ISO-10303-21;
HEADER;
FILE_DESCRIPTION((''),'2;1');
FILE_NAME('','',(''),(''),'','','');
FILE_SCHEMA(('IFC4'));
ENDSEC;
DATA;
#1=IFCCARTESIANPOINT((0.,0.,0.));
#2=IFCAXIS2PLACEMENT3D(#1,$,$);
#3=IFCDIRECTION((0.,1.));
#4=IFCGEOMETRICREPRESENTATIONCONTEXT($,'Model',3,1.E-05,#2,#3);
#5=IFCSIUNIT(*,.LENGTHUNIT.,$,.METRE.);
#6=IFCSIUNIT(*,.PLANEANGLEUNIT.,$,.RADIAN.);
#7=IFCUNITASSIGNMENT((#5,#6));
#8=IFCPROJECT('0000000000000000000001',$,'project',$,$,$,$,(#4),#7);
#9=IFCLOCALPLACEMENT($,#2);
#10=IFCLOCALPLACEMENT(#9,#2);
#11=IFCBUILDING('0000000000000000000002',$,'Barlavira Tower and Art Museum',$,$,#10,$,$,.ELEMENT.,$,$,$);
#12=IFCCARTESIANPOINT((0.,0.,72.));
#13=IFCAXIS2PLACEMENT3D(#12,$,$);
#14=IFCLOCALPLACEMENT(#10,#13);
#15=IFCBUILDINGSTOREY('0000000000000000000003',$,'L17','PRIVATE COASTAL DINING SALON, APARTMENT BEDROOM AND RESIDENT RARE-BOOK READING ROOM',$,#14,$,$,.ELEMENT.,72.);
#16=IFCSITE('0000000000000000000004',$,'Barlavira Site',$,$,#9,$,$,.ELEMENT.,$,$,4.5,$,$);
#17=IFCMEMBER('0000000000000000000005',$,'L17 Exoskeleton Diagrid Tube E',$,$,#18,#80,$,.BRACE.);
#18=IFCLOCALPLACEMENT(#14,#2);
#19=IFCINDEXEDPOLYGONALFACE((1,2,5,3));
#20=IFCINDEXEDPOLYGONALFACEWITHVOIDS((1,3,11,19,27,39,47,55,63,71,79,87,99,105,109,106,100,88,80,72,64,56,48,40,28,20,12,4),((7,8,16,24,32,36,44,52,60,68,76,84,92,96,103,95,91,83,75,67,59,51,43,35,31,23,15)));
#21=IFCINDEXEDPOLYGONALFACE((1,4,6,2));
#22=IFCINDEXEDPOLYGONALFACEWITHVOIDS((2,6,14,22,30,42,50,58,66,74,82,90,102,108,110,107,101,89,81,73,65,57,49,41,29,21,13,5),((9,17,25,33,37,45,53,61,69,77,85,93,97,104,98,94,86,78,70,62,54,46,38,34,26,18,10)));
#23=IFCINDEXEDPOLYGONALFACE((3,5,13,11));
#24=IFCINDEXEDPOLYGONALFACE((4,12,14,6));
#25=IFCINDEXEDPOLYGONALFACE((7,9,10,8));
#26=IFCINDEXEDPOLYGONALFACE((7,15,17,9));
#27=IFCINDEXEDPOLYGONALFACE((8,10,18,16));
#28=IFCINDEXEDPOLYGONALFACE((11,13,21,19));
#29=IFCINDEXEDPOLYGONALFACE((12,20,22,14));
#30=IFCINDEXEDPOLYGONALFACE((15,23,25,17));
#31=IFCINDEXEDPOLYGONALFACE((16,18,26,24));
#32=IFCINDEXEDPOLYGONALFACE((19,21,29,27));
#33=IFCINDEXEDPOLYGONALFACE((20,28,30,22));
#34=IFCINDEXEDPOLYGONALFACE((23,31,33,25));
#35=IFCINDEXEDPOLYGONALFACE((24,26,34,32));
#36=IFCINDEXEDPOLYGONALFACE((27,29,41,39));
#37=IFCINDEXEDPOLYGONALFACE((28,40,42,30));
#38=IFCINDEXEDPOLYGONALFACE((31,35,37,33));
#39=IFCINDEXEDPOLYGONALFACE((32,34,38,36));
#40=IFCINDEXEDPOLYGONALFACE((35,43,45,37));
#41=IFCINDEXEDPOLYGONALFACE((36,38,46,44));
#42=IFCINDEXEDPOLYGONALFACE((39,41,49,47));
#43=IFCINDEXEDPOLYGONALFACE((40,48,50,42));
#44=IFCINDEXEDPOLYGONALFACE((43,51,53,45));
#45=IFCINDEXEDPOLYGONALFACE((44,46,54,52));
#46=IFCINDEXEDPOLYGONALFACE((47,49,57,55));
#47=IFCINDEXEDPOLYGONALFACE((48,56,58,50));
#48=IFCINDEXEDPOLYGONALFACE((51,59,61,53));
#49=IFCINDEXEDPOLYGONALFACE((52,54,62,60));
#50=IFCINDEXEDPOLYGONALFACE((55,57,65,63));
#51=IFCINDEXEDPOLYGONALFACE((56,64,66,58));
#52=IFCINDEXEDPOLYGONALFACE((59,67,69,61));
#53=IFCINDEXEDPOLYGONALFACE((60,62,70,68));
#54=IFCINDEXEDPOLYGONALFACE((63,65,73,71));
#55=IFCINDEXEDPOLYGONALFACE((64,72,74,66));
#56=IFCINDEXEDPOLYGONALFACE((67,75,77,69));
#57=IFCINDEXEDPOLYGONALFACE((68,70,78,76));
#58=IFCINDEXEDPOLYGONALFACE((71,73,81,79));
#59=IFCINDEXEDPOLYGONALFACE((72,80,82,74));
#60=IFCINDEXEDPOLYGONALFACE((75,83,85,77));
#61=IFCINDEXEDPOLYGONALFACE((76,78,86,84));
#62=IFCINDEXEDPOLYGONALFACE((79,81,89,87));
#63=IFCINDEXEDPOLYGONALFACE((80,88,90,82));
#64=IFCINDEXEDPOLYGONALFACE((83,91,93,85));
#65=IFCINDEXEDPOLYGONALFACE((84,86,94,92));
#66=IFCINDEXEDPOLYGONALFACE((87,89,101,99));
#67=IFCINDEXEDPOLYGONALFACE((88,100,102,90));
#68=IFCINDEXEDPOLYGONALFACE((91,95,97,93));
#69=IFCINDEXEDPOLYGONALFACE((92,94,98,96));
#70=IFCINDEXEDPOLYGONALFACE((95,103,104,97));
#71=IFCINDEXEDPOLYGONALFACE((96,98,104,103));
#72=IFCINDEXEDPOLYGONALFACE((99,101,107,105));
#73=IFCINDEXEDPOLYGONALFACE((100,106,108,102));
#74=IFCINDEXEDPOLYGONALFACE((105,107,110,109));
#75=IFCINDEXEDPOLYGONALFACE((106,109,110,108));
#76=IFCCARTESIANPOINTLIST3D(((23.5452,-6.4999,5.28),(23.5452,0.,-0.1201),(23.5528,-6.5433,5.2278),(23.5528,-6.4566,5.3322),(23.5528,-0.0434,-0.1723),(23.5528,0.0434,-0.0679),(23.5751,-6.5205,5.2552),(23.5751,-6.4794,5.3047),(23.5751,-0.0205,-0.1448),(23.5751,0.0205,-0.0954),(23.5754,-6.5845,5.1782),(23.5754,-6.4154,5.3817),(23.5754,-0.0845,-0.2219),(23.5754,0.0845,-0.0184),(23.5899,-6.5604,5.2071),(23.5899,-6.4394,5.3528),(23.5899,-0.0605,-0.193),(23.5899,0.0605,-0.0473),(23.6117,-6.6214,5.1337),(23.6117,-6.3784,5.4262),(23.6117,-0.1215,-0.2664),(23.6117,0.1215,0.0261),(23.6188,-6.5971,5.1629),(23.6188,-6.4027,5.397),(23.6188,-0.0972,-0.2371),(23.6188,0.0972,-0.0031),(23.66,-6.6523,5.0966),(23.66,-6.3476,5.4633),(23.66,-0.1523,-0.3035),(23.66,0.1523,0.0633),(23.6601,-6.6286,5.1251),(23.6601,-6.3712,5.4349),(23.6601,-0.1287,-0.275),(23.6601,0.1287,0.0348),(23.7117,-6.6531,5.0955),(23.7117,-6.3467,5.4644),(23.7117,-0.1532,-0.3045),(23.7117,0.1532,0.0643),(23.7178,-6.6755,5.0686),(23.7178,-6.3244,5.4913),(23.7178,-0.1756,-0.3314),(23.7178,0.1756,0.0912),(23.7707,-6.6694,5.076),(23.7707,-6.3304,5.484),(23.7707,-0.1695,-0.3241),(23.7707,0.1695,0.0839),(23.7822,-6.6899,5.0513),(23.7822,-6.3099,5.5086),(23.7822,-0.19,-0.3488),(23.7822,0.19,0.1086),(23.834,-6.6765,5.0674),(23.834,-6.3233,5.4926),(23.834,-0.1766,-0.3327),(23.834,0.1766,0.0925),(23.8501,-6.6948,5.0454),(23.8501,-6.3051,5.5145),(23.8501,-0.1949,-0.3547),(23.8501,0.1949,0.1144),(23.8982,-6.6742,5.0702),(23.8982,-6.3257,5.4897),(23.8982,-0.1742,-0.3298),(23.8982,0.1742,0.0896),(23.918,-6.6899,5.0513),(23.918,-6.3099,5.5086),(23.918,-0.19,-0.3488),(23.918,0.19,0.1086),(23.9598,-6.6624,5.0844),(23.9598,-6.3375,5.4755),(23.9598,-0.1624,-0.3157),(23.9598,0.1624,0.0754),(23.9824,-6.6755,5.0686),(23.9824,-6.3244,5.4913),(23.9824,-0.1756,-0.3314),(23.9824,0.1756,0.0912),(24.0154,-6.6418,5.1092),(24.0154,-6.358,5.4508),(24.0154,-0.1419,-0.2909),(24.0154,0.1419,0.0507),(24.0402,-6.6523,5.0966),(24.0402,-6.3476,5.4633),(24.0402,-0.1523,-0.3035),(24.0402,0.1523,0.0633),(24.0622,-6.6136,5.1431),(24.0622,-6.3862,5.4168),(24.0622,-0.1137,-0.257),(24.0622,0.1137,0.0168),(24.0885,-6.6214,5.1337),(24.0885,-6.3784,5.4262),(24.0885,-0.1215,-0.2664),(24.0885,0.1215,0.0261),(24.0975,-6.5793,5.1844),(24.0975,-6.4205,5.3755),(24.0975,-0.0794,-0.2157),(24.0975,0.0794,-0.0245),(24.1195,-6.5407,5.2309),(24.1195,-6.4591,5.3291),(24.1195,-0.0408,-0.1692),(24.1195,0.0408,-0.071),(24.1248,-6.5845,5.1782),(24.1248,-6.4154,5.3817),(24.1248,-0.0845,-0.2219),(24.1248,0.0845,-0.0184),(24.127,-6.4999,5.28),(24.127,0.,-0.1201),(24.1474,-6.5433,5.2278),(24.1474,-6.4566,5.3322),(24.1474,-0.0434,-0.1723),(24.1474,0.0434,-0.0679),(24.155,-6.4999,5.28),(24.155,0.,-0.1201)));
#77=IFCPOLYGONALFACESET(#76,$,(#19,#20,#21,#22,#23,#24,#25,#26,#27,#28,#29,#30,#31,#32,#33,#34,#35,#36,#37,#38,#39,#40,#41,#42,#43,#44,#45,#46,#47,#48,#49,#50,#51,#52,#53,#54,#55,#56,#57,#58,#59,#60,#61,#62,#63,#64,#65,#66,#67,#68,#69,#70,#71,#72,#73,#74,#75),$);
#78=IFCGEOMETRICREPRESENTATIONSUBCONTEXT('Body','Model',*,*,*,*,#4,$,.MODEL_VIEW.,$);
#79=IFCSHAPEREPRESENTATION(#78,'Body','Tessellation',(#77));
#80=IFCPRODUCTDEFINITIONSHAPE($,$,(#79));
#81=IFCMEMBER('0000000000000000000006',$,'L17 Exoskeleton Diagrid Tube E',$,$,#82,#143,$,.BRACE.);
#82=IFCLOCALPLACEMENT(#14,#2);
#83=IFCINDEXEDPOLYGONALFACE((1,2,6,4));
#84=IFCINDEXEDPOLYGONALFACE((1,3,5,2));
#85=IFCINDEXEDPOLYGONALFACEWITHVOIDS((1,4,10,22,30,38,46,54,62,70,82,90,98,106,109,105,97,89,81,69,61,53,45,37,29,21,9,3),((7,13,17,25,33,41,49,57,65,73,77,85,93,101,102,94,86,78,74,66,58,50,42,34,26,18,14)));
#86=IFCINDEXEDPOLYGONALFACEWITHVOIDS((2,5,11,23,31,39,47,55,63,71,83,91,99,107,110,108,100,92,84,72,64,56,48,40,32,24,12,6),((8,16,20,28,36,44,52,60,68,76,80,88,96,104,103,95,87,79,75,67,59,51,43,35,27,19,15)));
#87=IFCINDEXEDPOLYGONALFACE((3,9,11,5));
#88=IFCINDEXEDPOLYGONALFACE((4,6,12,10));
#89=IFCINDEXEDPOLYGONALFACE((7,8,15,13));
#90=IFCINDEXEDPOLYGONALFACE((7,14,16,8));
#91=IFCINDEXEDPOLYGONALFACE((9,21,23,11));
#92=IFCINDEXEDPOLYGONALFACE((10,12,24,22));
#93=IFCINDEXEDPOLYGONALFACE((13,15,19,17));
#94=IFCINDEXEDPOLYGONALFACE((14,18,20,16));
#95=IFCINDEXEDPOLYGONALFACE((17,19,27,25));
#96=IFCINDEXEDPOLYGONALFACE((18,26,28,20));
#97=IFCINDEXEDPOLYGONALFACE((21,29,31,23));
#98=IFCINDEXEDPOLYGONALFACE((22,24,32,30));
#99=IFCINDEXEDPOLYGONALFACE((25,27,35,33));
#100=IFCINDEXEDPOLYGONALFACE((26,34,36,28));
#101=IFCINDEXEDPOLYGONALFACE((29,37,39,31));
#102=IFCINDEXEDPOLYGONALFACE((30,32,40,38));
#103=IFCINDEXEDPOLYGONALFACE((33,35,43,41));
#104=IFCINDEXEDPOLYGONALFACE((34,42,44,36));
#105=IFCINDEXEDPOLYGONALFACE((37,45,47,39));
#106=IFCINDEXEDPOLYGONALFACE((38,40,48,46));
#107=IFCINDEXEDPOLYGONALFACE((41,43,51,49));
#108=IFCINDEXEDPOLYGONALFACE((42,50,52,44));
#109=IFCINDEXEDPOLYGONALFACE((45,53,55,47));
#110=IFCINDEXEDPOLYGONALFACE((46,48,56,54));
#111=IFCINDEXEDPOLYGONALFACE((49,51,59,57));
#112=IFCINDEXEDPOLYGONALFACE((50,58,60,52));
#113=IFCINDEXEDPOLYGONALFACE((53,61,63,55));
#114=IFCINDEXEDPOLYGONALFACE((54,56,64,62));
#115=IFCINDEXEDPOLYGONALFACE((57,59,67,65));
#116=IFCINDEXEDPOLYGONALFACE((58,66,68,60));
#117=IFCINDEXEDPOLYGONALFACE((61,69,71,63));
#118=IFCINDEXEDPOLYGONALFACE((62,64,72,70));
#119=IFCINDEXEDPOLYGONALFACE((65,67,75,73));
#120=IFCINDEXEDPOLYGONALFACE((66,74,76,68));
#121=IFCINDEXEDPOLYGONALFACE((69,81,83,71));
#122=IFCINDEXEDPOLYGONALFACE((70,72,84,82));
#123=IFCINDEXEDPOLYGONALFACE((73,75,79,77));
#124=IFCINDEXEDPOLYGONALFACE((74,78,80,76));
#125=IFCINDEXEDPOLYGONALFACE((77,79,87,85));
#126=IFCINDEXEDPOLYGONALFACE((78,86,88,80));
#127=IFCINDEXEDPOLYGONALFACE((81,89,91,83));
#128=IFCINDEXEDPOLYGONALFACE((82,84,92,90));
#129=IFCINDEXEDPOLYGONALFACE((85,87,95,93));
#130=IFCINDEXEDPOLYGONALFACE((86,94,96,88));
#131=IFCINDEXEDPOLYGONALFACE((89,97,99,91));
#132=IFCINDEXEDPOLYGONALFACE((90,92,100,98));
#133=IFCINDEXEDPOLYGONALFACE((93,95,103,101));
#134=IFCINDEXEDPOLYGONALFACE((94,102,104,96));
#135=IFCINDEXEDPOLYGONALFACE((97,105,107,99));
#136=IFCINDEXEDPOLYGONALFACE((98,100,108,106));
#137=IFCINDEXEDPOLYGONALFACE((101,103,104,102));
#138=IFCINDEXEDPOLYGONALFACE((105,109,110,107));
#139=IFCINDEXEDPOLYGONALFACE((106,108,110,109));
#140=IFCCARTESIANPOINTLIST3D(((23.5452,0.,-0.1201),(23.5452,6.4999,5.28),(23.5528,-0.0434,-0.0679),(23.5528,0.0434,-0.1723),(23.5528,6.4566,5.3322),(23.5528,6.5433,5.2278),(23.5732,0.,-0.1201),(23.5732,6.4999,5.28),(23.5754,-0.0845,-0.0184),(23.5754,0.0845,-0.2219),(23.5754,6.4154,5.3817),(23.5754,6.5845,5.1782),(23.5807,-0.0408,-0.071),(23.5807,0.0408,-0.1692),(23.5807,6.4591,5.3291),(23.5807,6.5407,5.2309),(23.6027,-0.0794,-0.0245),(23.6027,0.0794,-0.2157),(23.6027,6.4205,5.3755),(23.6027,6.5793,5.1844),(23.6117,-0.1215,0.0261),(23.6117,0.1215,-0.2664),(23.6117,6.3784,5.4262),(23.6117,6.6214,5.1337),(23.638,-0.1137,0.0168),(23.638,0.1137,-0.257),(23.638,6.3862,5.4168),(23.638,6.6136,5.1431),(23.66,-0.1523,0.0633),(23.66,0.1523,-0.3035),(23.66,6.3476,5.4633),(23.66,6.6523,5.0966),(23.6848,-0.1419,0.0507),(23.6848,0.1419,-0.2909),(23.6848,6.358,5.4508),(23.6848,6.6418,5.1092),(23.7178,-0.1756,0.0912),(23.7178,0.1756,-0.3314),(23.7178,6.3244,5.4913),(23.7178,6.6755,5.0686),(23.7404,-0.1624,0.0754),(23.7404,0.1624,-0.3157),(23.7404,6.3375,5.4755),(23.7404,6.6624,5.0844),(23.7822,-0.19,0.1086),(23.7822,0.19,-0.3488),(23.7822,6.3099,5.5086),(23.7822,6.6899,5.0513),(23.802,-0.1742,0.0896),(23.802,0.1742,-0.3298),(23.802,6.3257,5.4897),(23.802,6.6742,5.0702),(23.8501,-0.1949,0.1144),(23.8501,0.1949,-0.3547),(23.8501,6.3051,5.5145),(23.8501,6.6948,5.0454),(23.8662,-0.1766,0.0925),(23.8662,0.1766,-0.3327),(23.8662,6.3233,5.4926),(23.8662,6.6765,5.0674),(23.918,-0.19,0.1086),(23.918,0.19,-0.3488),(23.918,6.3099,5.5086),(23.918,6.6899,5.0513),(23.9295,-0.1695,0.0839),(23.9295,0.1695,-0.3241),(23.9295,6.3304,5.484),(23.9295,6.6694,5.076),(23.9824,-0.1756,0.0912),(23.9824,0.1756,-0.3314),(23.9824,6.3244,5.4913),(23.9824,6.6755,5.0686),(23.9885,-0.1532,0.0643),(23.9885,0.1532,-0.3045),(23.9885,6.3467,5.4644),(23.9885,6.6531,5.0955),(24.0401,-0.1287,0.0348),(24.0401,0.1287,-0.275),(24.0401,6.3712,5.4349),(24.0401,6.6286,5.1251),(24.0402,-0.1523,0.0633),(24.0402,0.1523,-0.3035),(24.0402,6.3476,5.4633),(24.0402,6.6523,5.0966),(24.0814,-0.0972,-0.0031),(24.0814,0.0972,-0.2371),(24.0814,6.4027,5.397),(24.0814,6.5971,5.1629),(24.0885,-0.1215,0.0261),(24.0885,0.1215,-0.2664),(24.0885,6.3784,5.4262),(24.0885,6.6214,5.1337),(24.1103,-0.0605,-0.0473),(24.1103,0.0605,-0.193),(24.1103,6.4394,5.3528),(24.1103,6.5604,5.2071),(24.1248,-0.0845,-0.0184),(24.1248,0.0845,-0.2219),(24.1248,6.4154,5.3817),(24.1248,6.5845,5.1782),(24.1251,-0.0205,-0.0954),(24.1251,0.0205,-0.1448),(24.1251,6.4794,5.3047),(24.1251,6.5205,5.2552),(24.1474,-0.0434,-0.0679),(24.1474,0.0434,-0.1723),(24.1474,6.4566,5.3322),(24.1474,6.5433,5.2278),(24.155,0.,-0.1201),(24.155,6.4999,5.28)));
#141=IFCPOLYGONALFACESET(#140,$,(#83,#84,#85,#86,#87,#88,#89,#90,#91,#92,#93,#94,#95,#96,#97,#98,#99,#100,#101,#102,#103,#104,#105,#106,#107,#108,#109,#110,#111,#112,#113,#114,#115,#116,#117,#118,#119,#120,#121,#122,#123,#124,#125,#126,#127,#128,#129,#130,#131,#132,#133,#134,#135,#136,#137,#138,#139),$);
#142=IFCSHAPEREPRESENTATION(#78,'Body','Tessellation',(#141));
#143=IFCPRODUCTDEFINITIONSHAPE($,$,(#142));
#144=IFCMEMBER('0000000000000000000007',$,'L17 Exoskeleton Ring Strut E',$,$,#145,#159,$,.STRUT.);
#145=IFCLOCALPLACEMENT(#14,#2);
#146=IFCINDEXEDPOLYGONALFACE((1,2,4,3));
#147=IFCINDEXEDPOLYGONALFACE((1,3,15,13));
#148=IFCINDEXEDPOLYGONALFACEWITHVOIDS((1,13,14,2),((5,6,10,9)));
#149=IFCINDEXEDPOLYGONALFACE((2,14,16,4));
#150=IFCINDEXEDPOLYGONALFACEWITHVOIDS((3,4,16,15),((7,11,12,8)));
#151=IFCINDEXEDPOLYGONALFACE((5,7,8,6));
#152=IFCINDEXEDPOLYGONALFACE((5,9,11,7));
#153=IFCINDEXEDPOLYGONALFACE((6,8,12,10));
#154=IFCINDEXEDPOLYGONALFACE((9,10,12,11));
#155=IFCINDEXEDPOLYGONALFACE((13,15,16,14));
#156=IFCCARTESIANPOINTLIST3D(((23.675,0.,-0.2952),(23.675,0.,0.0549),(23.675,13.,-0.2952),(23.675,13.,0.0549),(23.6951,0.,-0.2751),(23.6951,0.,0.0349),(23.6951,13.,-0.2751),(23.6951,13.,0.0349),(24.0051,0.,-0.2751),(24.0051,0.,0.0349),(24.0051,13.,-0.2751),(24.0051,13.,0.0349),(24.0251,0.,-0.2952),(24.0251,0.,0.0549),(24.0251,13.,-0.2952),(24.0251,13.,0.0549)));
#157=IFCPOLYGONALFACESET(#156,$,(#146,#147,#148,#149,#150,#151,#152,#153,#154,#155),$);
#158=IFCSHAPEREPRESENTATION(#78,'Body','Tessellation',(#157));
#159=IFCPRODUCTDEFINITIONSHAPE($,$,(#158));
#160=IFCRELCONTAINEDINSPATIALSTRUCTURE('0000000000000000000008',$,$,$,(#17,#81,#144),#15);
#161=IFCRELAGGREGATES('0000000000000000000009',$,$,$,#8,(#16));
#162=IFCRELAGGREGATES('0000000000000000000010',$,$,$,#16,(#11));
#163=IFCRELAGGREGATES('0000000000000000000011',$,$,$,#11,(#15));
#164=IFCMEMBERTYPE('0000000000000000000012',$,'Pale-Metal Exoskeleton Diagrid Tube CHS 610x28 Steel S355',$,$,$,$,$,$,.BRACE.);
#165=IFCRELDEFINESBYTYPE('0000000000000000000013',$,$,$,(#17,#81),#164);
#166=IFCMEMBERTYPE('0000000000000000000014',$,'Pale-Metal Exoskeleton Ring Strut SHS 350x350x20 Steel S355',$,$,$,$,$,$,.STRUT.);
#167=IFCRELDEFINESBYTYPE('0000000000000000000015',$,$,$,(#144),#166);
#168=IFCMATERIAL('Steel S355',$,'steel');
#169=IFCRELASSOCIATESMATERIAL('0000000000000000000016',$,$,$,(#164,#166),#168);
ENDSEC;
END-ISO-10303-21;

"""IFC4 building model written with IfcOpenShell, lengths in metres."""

from ifc_helpers import new_model, si_unit, direction, frame, origin, origin_2d, place, context, subcontext, project, spatial, hollow_rectangle, hollow_circle, extrude, material, material_profile, profile_set, type_object, element, save


model = new_model("IFC4")

# Units and contexts
model_context = context("Model", 3, precision=1e-05, world=origin(), true_north=direction((0.0, 1.0)))
body_context = subcontext(model_context, "Body", "Model", "MODEL_VIEW")
ifc_project = project(units=[si_unit("LENGTHUNIT", "METRE"), si_unit("PLANEANGLEUNIT", "RADIAN")], contexts=[model_context])

# Site, building, storey
site_placement = place(None, origin())
site = spatial("IfcSite", under=ifc_project, at=site_placement, Name="Barlavira Site", CompositionType="ELEMENT", RefElevation=4.5)
building_placement = place(site_placement, origin())
building = spatial("IfcBuilding", under=site, at=building_placement, Name="Barlavira Tower and Art Museum", CompositionType="ELEMENT")
storey_placement = place(building_placement, frame((0.0, 0.0, 72.0)))
storey = spatial("IfcBuildingStorey", under=building, at=storey_placement, Name="L17", Description="PRIVATE COASTAL DINING SALON, APARTMENT BEDROOM AND RESIDENT RARE-BOOK READING ROOM", CompositionType="ELEMENT", Elevation=72.0)

# Members
ifc_material_1 = material(Name="Steel S355", Category="steel")
ifc_material_profile_1 = material_profile(ifc_material_1, hollow_circle(Radius=0.3049, WallThickness=0.0281, at=origin_2d()), Name="CHS 610.0x28.0")
ifc_profile_set_1 = profile_set([ifc_material_profile_1], Name="Steel S355")
member_type_1 = type_object("IfcMemberType", Name="Pale-Metal Exoskeleton Diagrid Tube CHS 610x28 Steel S355", PredefinedType="BRACE", material=ifc_profile_set_1)
for number, where, z_axis, x_axis, name in (
    (1, (23.8501, 0.0, -0.1201), (0.0, -0.769182, 0.63903), (1.0, 0.0, 0.0), "L17 Exoskeleton Diagrid Tube E"),
    (2, (23.8501, 0.0, -0.1201), (0.0, 0.769182, 0.63903), (-1.0, 0.0, 0.0), "L17 Exoskeleton Diagrid Tube E"),
):
    element("IfcMember", number, at=place(storey_placement, frame(where, z_axis=z_axis, x_axis=x_axis)), inside=storey, type_object=member_type_1, Name=name, PredefinedType="BRACE", context=body_context, shape_type="SweptSolid", body=[
        extrude(hollow_circle(Radius=0.3049, WallThickness=0.0281, at=origin_2d()), origin(), (0.0, 0.0, 1.0), 8.4504),
    ])
ifc_material_profile_2 = material_profile(ifc_material_1, hollow_rectangle(XDim=0.3501, YDim=0.3501, WallThickness=0.02, at=origin_2d()), Name="SHS 350x350x20.0")
ifc_profile_set_2 = profile_set([ifc_material_profile_2], Name="Steel S355")
member_type_2 = type_object("IfcMemberType", Name="Pale-Metal Exoskeleton Ring Strut SHS 350x350x20 Steel S355", PredefinedType="STRUT", material=ifc_profile_set_2)
member_1_placement = place(storey_placement, frame((23.8501, 0.0, -0.1201), z_axis=(0.0, 1.0, 0.0), x_axis=(-1.0, 0.0, 0.0)))
element("IfcMember", 3, at=member_1_placement, inside=storey, type_object=member_type_2, Name="L17 Exoskeleton Ring Strut E", PredefinedType="STRUT", context=body_context, shape_type="SweptSolid", body=[
    extrude(hollow_rectangle(XDim=0.3501, YDim=0.3501, WallThickness=0.02, at=origin_2d()), origin(), (0.0, 0.0, 1.0), 13.0),
])

save(model, "model.ifc")
